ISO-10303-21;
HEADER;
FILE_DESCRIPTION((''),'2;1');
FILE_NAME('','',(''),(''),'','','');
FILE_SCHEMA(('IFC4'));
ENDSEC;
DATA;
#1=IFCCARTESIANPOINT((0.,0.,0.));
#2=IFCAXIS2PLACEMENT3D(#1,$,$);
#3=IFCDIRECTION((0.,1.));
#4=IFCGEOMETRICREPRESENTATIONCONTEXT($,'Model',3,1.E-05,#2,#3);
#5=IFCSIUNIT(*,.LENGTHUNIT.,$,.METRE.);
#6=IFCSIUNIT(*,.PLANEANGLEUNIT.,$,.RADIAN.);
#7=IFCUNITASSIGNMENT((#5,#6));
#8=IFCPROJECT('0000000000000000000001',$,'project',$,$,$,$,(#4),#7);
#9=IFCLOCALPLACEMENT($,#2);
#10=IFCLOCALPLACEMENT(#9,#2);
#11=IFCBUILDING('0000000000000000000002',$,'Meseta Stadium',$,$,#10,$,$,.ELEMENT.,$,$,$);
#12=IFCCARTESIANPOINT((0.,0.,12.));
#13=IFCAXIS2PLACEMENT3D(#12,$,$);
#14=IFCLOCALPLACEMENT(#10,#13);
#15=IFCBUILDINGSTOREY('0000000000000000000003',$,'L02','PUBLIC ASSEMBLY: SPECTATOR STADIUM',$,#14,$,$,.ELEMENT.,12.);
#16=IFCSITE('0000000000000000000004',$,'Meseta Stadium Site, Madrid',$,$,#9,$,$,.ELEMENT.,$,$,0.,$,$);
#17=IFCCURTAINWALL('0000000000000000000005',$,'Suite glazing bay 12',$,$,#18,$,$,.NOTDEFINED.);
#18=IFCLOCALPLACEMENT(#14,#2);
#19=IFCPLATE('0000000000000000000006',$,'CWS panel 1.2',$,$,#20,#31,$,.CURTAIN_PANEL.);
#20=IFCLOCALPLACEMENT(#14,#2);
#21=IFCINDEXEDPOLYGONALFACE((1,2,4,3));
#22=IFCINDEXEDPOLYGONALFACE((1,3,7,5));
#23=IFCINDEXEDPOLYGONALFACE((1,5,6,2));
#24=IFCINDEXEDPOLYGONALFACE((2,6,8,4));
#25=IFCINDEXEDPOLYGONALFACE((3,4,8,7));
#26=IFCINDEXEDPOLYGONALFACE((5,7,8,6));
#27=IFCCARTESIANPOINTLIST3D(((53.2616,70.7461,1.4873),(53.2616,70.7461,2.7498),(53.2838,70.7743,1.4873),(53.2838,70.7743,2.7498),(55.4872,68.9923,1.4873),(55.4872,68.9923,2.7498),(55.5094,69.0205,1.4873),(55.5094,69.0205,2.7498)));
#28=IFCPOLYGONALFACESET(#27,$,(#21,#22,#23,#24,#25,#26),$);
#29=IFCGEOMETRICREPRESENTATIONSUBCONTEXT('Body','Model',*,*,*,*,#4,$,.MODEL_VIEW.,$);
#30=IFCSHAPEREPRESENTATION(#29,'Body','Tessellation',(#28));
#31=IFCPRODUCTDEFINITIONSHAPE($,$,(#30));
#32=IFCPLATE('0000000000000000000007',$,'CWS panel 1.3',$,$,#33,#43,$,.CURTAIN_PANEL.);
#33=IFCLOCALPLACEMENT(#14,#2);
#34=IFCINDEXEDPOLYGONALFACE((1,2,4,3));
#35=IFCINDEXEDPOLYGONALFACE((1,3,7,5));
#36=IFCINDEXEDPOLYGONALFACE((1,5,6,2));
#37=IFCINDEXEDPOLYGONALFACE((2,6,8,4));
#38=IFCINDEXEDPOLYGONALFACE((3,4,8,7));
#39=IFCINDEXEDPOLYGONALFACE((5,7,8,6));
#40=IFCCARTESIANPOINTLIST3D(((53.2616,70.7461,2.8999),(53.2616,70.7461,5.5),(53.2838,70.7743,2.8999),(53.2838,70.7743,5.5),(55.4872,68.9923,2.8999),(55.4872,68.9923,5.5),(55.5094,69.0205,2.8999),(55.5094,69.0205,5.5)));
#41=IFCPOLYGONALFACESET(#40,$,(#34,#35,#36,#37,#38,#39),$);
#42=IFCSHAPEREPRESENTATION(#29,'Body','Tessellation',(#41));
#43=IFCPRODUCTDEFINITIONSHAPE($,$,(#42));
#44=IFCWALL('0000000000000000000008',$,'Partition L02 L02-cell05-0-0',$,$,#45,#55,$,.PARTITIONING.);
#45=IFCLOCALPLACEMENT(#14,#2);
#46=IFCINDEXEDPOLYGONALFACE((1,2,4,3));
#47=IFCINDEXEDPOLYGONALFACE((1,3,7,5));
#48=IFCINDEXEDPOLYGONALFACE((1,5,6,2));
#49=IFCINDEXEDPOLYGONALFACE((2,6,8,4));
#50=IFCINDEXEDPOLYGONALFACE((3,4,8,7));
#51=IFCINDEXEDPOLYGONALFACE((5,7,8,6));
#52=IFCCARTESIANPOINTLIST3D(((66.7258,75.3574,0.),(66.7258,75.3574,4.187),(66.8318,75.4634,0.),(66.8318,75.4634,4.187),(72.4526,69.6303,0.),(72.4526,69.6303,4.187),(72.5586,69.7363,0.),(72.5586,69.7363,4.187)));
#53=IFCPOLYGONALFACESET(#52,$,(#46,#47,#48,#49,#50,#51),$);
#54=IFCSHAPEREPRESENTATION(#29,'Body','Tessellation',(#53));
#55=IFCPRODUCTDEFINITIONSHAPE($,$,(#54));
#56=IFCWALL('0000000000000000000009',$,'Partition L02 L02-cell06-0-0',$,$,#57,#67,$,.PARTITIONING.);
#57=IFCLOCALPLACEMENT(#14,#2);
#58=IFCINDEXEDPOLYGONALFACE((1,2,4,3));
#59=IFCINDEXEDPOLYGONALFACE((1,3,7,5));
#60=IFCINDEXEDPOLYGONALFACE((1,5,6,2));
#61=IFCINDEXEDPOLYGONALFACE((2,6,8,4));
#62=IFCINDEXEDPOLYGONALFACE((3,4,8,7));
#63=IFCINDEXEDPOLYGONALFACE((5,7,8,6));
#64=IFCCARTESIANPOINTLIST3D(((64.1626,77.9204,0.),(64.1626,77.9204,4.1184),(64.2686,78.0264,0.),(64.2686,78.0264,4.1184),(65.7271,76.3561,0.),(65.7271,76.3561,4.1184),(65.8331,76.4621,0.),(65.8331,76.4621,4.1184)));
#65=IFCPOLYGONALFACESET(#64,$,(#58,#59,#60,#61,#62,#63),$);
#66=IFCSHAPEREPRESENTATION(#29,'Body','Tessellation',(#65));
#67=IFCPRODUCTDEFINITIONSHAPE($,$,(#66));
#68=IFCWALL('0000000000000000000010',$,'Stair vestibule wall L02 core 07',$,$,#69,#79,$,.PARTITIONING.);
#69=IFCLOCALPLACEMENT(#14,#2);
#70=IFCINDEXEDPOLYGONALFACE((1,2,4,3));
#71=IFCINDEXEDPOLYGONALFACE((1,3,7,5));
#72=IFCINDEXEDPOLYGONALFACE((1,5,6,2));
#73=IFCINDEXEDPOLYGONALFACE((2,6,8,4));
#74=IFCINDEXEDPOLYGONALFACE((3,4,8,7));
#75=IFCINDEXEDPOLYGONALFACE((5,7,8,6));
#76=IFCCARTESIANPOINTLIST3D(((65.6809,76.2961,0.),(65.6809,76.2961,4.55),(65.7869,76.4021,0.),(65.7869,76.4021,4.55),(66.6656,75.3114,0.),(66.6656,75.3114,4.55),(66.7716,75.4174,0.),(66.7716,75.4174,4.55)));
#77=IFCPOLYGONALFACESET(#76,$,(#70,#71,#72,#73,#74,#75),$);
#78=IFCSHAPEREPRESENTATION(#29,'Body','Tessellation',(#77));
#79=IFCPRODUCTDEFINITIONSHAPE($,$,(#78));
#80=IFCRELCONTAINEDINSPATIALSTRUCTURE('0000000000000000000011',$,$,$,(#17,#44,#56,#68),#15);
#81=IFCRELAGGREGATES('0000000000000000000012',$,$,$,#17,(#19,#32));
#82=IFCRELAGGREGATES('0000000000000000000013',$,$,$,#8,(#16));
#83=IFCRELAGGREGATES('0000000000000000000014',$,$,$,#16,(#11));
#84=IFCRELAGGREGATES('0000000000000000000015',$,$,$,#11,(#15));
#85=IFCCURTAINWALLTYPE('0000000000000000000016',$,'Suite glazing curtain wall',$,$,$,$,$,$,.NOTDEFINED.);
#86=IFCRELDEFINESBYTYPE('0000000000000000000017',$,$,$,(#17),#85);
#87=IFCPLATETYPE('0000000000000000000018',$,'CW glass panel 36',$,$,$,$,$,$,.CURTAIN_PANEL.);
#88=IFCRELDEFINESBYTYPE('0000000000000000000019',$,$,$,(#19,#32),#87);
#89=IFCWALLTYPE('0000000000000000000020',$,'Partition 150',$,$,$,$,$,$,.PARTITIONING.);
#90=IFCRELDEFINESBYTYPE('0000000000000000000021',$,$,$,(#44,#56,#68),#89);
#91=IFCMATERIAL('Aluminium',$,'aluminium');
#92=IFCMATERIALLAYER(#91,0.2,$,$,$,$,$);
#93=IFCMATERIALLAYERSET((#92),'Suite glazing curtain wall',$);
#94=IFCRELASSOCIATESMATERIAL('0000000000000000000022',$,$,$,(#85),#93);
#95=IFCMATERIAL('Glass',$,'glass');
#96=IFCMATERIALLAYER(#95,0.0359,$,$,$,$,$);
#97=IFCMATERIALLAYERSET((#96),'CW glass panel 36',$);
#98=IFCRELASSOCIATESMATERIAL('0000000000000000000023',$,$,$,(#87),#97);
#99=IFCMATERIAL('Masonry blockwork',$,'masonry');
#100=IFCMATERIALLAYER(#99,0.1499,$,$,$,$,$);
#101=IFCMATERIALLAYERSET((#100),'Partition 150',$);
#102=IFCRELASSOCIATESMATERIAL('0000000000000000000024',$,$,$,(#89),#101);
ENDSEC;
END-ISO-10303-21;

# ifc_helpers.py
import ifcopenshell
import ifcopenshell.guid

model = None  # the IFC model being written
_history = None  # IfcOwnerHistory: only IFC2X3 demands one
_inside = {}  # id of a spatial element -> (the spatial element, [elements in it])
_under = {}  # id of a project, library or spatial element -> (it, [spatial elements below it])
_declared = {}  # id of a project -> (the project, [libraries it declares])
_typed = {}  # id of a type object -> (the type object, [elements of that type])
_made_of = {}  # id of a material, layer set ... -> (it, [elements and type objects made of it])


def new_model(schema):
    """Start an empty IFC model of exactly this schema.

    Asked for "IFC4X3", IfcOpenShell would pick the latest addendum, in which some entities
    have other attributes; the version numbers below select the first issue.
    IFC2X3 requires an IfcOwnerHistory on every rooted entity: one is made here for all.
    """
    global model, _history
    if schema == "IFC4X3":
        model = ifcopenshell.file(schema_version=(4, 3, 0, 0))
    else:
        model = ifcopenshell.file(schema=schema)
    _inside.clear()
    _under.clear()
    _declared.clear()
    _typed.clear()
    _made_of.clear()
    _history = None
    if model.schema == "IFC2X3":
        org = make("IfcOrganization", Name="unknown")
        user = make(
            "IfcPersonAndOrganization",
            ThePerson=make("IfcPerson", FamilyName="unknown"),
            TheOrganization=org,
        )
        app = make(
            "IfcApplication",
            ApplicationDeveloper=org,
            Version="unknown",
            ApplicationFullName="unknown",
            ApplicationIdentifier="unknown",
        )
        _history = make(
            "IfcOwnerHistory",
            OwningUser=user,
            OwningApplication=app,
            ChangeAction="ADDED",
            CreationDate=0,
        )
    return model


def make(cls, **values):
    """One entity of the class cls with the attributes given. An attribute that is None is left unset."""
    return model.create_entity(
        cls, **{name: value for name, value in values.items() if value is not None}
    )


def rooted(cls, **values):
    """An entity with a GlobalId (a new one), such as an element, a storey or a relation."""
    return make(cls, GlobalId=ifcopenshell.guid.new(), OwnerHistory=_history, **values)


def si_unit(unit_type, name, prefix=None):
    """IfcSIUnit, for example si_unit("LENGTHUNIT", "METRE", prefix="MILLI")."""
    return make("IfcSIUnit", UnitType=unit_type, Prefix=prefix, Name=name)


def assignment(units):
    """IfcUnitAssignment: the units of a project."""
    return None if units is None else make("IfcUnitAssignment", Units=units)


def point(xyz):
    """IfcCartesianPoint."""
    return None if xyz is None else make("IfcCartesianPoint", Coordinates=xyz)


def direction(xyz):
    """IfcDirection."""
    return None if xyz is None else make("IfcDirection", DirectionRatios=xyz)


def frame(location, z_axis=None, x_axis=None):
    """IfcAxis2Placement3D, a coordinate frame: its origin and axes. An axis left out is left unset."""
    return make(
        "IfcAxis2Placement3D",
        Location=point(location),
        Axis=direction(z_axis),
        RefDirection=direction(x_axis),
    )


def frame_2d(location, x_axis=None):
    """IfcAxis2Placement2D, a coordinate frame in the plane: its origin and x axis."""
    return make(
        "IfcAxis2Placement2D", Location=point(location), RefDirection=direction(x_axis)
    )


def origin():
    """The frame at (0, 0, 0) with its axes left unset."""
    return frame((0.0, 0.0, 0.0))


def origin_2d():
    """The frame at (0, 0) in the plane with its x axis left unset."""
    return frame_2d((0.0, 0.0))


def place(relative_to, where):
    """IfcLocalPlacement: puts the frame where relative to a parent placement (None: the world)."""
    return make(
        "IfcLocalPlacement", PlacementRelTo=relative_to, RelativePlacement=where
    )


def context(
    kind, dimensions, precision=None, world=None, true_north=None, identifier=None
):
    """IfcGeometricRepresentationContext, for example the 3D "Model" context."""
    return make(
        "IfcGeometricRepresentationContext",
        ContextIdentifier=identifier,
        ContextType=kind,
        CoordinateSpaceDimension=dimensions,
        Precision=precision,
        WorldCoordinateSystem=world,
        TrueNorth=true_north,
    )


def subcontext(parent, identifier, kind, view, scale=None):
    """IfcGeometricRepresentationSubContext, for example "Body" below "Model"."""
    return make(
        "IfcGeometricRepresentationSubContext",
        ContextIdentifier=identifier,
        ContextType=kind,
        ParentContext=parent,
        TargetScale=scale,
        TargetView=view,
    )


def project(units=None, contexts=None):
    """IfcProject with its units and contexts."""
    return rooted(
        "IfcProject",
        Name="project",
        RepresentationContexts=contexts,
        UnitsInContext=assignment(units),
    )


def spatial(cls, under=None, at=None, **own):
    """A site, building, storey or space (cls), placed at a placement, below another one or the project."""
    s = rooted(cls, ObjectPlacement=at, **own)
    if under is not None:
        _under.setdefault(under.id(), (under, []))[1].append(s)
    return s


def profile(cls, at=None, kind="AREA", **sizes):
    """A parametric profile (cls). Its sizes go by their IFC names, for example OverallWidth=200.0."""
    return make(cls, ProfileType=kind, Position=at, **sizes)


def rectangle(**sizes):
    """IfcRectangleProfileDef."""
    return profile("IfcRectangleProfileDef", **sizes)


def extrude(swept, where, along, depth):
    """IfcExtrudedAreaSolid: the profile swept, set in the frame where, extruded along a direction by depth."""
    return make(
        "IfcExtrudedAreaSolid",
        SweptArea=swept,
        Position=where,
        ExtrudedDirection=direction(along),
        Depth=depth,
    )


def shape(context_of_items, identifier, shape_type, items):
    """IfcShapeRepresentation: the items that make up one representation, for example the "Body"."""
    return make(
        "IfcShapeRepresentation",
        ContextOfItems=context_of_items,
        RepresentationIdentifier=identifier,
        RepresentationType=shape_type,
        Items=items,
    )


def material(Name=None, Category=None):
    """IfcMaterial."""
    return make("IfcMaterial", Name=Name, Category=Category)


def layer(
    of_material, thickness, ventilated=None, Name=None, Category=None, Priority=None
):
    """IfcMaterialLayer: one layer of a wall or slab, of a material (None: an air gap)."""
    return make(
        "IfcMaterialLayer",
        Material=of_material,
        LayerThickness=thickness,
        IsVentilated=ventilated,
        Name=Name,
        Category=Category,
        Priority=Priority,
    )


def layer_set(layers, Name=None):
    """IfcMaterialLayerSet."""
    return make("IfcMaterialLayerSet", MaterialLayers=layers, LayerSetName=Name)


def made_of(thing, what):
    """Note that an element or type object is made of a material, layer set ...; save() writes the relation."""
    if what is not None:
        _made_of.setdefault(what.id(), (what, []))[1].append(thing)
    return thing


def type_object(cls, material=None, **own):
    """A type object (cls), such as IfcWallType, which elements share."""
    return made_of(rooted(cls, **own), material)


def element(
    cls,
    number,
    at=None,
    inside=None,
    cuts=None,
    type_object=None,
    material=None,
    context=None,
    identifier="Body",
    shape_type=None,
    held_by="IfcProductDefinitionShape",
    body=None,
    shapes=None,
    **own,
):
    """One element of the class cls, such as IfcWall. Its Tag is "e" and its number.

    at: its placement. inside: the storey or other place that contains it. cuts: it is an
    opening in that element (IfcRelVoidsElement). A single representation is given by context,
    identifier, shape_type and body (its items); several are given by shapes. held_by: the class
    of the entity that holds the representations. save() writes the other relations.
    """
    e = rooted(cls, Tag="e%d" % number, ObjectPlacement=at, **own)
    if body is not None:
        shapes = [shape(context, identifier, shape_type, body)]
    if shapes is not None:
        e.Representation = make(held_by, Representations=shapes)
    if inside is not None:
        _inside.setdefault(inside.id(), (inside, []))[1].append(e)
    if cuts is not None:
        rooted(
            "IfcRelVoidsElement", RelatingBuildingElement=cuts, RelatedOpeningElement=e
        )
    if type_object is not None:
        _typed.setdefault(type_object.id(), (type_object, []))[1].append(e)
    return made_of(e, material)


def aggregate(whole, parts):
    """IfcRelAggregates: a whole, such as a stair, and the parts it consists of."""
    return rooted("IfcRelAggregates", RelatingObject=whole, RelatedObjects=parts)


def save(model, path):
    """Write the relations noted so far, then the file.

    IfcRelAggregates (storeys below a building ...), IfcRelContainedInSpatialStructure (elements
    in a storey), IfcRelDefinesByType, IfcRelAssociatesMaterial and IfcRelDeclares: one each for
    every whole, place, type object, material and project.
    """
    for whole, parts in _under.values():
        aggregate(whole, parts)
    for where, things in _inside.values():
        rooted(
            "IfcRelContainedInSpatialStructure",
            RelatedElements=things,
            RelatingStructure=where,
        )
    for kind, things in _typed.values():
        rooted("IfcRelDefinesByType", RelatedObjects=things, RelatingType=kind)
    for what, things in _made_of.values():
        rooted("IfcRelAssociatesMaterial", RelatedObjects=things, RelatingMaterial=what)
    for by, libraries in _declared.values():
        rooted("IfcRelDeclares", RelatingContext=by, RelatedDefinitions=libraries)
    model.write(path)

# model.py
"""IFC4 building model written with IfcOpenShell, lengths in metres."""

from ifc_helpers import new_model, si_unit, direction, frame, frame_2d, origin, origin_2d, place, context, subcontext, project, spatial, rectangle, extrude, material, layer, layer_set, type_object, element, aggregate, save


model = new_model("IFC4")

# Units and contexts
model_context = context("Model", 3, precision=1e-05, world=origin(), true_north=direction((0.0, 1.0)))
body_context = subcontext(model_context, "Body", "Model", "MODEL_VIEW")
ifc_project = project(units=[si_unit("LENGTHUNIT", "METRE"), si_unit("PLANEANGLEUNIT", "RADIAN")], contexts=[model_context])

# Site, building, storey
site_placement = place(None, origin())
site = spatial("IfcSite", under=ifc_project, at=site_placement, Name="Meseta Stadium Site, Madrid", CompositionType="ELEMENT", RefElevation=0.0)
building_placement = place(site_placement, origin())
building = spatial("IfcBuilding", under=site, at=building_placement, Name="Meseta Stadium", CompositionType="ELEMENT")
storey_placement = place(building_placement, frame((0.0, 0.0, 12.0)))
storey = spatial("IfcBuildingStorey", under=building, at=storey_placement, Name="L02", Description="PUBLIC ASSEMBLY: SPECTATOR STADIUM", CompositionType="ELEMENT", Elevation=12.0)

# Curtain wall
ifc_material_1 = material(Name="Aluminium", Category="aluminium")
ifc_layer_1 = layer(ifc_material_1, 0.2)
ifc_layer_set_1 = layer_set([ifc_layer_1], Name="Suite glazing curtain wall")
curtain_wall_type = type_object("IfcCurtainWallType", Name="Suite glazing curtain wall", PredefinedType="NOTDEFINED", material=ifc_layer_set_1)
curtain_wall_placement = place(storey_placement, origin())
curtain_wall = element("IfcCurtainWall", 1, at=curtain_wall_placement, inside=storey, type_object=curtain_wall_type, Name="Suite glazing bay 12", PredefinedType="NOTDEFINED")

# Plates
ifc_material_2 = material(Name="Glass", Category="glass")
ifc_layer_2 = layer(ifc_material_2, 0.0359)
ifc_layer_set_2 = layer_set([ifc_layer_2], Name="CW glass panel 36")
plate_type = type_object("IfcPlateType", Name="CW glass panel 36", PredefinedType="CURTAIN_PANEL", material=ifc_layer_set_2)
plate_1_placement = place(storey_placement, frame((54.3855, 69.8833, 1.4873), z_axis=(0.0, 0.0, 1.0), x_axis=(-0.785435, 0.618944, 0.0)))
plate_1 = element("IfcPlate", 2, at=plate_1_placement, type_object=plate_type, Name="CWS panel 1.2", PredefinedType="CURTAIN_PANEL", context=body_context, shape_type="SweptSolid", body=[
    extrude(rectangle(XDim=2.8335, YDim=0.0359, at=origin_2d()), origin(), (0.0, 0.0, 1.0), 1.2625),
])
plate_2_placement = place(storey_placement, frame((54.3855, 69.8833, 2.8999), z_axis=(0.0, 0.0, 1.0), x_axis=(-0.785435, 0.618944, 0.0)))
plate_2 = element("IfcPlate", 3, at=plate_2_placement, type_object=plate_type, Name="CWS panel 1.3", PredefinedType="CURTAIN_PANEL", context=body_context, shape_type="SweptSolid", body=[
    extrude(rectangle(XDim=2.8335, YDim=0.0359, at=origin_2d()), origin(), (0.0, 0.0, 1.0), 2.6001),
])
aggregate(curtain_wall, [plate_1, plate_2])

# Walls
ifc_material_3 = material(Name="Masonry blockwork", Category="masonry")
ifc_layer_3 = layer(ifc_material_3, 0.1499)
ifc_layer_set_3 = layer_set([ifc_layer_3], Name="Partition 150")
wall_type = type_object("IfcWallType", Name="Partition 150", PredefinedType="PARTITIONING", material=ifc_layer_set_3)
wall_1_placement = place(storey_placement, frame((66.7788, 75.4104, 0.0), z_axis=(0.0, 0.0, 1.0), x_axis=(0.707092, -0.707122, 0.0)))
element("IfcWall", 4, at=wall_1_placement, inside=storey, type_object=wall_type, Name="Partition L02 L02-cell05-0-0", PredefinedType="PARTITIONING", context=body_context, shape_type="SweptSolid", body=[
    extrude(rectangle(XDim=8.0991, YDim=0.1499, at=frame_2d((4.0496, 0.0))), origin(), (0.0, 0.0, 1.0), 4.187),
])
wall_2_placement = place(storey_placement, frame((64.2156, 77.9734, 0.0), z_axis=(0.0, 0.0, 1.0), x_axis=(0.707162, -0.707052, 0.0)))
element("IfcWall", 5, at=wall_2_placement, inside=storey, type_object=wall_type, Name="Partition L02 L02-cell06-0-0", PredefinedType="PARTITIONING", context=body_context, shape_type="SweptSolid", body=[
    extrude(rectangle(XDim=2.2124, YDim=0.1499, at=frame_2d((1.1062, 0.0))), origin(), (0.0, 0.0, 1.0), 4.1184),
])
wall_3_placement = place(storey_placement, frame((65.7339, 76.3491, 0.0), z_axis=(0.0, 0.0, 1.0), x_axis=(0.707107, -0.707107, 0.0)))
element("IfcWall", 6, at=wall_3_placement, inside=storey, type_object=wall_type, Name="Stair vestibule wall L02 core 07", PredefinedType="PARTITIONING", context=body_context, shape_type="SweptSolid", body=[
    extrude(rectangle(XDim=1.3926, YDim=0.1499, at=frame_2d((0.6963, 0.0))), origin(), (0.0, 0.0, 1.0), 4.55),
])

save(model, "model.ifc")
